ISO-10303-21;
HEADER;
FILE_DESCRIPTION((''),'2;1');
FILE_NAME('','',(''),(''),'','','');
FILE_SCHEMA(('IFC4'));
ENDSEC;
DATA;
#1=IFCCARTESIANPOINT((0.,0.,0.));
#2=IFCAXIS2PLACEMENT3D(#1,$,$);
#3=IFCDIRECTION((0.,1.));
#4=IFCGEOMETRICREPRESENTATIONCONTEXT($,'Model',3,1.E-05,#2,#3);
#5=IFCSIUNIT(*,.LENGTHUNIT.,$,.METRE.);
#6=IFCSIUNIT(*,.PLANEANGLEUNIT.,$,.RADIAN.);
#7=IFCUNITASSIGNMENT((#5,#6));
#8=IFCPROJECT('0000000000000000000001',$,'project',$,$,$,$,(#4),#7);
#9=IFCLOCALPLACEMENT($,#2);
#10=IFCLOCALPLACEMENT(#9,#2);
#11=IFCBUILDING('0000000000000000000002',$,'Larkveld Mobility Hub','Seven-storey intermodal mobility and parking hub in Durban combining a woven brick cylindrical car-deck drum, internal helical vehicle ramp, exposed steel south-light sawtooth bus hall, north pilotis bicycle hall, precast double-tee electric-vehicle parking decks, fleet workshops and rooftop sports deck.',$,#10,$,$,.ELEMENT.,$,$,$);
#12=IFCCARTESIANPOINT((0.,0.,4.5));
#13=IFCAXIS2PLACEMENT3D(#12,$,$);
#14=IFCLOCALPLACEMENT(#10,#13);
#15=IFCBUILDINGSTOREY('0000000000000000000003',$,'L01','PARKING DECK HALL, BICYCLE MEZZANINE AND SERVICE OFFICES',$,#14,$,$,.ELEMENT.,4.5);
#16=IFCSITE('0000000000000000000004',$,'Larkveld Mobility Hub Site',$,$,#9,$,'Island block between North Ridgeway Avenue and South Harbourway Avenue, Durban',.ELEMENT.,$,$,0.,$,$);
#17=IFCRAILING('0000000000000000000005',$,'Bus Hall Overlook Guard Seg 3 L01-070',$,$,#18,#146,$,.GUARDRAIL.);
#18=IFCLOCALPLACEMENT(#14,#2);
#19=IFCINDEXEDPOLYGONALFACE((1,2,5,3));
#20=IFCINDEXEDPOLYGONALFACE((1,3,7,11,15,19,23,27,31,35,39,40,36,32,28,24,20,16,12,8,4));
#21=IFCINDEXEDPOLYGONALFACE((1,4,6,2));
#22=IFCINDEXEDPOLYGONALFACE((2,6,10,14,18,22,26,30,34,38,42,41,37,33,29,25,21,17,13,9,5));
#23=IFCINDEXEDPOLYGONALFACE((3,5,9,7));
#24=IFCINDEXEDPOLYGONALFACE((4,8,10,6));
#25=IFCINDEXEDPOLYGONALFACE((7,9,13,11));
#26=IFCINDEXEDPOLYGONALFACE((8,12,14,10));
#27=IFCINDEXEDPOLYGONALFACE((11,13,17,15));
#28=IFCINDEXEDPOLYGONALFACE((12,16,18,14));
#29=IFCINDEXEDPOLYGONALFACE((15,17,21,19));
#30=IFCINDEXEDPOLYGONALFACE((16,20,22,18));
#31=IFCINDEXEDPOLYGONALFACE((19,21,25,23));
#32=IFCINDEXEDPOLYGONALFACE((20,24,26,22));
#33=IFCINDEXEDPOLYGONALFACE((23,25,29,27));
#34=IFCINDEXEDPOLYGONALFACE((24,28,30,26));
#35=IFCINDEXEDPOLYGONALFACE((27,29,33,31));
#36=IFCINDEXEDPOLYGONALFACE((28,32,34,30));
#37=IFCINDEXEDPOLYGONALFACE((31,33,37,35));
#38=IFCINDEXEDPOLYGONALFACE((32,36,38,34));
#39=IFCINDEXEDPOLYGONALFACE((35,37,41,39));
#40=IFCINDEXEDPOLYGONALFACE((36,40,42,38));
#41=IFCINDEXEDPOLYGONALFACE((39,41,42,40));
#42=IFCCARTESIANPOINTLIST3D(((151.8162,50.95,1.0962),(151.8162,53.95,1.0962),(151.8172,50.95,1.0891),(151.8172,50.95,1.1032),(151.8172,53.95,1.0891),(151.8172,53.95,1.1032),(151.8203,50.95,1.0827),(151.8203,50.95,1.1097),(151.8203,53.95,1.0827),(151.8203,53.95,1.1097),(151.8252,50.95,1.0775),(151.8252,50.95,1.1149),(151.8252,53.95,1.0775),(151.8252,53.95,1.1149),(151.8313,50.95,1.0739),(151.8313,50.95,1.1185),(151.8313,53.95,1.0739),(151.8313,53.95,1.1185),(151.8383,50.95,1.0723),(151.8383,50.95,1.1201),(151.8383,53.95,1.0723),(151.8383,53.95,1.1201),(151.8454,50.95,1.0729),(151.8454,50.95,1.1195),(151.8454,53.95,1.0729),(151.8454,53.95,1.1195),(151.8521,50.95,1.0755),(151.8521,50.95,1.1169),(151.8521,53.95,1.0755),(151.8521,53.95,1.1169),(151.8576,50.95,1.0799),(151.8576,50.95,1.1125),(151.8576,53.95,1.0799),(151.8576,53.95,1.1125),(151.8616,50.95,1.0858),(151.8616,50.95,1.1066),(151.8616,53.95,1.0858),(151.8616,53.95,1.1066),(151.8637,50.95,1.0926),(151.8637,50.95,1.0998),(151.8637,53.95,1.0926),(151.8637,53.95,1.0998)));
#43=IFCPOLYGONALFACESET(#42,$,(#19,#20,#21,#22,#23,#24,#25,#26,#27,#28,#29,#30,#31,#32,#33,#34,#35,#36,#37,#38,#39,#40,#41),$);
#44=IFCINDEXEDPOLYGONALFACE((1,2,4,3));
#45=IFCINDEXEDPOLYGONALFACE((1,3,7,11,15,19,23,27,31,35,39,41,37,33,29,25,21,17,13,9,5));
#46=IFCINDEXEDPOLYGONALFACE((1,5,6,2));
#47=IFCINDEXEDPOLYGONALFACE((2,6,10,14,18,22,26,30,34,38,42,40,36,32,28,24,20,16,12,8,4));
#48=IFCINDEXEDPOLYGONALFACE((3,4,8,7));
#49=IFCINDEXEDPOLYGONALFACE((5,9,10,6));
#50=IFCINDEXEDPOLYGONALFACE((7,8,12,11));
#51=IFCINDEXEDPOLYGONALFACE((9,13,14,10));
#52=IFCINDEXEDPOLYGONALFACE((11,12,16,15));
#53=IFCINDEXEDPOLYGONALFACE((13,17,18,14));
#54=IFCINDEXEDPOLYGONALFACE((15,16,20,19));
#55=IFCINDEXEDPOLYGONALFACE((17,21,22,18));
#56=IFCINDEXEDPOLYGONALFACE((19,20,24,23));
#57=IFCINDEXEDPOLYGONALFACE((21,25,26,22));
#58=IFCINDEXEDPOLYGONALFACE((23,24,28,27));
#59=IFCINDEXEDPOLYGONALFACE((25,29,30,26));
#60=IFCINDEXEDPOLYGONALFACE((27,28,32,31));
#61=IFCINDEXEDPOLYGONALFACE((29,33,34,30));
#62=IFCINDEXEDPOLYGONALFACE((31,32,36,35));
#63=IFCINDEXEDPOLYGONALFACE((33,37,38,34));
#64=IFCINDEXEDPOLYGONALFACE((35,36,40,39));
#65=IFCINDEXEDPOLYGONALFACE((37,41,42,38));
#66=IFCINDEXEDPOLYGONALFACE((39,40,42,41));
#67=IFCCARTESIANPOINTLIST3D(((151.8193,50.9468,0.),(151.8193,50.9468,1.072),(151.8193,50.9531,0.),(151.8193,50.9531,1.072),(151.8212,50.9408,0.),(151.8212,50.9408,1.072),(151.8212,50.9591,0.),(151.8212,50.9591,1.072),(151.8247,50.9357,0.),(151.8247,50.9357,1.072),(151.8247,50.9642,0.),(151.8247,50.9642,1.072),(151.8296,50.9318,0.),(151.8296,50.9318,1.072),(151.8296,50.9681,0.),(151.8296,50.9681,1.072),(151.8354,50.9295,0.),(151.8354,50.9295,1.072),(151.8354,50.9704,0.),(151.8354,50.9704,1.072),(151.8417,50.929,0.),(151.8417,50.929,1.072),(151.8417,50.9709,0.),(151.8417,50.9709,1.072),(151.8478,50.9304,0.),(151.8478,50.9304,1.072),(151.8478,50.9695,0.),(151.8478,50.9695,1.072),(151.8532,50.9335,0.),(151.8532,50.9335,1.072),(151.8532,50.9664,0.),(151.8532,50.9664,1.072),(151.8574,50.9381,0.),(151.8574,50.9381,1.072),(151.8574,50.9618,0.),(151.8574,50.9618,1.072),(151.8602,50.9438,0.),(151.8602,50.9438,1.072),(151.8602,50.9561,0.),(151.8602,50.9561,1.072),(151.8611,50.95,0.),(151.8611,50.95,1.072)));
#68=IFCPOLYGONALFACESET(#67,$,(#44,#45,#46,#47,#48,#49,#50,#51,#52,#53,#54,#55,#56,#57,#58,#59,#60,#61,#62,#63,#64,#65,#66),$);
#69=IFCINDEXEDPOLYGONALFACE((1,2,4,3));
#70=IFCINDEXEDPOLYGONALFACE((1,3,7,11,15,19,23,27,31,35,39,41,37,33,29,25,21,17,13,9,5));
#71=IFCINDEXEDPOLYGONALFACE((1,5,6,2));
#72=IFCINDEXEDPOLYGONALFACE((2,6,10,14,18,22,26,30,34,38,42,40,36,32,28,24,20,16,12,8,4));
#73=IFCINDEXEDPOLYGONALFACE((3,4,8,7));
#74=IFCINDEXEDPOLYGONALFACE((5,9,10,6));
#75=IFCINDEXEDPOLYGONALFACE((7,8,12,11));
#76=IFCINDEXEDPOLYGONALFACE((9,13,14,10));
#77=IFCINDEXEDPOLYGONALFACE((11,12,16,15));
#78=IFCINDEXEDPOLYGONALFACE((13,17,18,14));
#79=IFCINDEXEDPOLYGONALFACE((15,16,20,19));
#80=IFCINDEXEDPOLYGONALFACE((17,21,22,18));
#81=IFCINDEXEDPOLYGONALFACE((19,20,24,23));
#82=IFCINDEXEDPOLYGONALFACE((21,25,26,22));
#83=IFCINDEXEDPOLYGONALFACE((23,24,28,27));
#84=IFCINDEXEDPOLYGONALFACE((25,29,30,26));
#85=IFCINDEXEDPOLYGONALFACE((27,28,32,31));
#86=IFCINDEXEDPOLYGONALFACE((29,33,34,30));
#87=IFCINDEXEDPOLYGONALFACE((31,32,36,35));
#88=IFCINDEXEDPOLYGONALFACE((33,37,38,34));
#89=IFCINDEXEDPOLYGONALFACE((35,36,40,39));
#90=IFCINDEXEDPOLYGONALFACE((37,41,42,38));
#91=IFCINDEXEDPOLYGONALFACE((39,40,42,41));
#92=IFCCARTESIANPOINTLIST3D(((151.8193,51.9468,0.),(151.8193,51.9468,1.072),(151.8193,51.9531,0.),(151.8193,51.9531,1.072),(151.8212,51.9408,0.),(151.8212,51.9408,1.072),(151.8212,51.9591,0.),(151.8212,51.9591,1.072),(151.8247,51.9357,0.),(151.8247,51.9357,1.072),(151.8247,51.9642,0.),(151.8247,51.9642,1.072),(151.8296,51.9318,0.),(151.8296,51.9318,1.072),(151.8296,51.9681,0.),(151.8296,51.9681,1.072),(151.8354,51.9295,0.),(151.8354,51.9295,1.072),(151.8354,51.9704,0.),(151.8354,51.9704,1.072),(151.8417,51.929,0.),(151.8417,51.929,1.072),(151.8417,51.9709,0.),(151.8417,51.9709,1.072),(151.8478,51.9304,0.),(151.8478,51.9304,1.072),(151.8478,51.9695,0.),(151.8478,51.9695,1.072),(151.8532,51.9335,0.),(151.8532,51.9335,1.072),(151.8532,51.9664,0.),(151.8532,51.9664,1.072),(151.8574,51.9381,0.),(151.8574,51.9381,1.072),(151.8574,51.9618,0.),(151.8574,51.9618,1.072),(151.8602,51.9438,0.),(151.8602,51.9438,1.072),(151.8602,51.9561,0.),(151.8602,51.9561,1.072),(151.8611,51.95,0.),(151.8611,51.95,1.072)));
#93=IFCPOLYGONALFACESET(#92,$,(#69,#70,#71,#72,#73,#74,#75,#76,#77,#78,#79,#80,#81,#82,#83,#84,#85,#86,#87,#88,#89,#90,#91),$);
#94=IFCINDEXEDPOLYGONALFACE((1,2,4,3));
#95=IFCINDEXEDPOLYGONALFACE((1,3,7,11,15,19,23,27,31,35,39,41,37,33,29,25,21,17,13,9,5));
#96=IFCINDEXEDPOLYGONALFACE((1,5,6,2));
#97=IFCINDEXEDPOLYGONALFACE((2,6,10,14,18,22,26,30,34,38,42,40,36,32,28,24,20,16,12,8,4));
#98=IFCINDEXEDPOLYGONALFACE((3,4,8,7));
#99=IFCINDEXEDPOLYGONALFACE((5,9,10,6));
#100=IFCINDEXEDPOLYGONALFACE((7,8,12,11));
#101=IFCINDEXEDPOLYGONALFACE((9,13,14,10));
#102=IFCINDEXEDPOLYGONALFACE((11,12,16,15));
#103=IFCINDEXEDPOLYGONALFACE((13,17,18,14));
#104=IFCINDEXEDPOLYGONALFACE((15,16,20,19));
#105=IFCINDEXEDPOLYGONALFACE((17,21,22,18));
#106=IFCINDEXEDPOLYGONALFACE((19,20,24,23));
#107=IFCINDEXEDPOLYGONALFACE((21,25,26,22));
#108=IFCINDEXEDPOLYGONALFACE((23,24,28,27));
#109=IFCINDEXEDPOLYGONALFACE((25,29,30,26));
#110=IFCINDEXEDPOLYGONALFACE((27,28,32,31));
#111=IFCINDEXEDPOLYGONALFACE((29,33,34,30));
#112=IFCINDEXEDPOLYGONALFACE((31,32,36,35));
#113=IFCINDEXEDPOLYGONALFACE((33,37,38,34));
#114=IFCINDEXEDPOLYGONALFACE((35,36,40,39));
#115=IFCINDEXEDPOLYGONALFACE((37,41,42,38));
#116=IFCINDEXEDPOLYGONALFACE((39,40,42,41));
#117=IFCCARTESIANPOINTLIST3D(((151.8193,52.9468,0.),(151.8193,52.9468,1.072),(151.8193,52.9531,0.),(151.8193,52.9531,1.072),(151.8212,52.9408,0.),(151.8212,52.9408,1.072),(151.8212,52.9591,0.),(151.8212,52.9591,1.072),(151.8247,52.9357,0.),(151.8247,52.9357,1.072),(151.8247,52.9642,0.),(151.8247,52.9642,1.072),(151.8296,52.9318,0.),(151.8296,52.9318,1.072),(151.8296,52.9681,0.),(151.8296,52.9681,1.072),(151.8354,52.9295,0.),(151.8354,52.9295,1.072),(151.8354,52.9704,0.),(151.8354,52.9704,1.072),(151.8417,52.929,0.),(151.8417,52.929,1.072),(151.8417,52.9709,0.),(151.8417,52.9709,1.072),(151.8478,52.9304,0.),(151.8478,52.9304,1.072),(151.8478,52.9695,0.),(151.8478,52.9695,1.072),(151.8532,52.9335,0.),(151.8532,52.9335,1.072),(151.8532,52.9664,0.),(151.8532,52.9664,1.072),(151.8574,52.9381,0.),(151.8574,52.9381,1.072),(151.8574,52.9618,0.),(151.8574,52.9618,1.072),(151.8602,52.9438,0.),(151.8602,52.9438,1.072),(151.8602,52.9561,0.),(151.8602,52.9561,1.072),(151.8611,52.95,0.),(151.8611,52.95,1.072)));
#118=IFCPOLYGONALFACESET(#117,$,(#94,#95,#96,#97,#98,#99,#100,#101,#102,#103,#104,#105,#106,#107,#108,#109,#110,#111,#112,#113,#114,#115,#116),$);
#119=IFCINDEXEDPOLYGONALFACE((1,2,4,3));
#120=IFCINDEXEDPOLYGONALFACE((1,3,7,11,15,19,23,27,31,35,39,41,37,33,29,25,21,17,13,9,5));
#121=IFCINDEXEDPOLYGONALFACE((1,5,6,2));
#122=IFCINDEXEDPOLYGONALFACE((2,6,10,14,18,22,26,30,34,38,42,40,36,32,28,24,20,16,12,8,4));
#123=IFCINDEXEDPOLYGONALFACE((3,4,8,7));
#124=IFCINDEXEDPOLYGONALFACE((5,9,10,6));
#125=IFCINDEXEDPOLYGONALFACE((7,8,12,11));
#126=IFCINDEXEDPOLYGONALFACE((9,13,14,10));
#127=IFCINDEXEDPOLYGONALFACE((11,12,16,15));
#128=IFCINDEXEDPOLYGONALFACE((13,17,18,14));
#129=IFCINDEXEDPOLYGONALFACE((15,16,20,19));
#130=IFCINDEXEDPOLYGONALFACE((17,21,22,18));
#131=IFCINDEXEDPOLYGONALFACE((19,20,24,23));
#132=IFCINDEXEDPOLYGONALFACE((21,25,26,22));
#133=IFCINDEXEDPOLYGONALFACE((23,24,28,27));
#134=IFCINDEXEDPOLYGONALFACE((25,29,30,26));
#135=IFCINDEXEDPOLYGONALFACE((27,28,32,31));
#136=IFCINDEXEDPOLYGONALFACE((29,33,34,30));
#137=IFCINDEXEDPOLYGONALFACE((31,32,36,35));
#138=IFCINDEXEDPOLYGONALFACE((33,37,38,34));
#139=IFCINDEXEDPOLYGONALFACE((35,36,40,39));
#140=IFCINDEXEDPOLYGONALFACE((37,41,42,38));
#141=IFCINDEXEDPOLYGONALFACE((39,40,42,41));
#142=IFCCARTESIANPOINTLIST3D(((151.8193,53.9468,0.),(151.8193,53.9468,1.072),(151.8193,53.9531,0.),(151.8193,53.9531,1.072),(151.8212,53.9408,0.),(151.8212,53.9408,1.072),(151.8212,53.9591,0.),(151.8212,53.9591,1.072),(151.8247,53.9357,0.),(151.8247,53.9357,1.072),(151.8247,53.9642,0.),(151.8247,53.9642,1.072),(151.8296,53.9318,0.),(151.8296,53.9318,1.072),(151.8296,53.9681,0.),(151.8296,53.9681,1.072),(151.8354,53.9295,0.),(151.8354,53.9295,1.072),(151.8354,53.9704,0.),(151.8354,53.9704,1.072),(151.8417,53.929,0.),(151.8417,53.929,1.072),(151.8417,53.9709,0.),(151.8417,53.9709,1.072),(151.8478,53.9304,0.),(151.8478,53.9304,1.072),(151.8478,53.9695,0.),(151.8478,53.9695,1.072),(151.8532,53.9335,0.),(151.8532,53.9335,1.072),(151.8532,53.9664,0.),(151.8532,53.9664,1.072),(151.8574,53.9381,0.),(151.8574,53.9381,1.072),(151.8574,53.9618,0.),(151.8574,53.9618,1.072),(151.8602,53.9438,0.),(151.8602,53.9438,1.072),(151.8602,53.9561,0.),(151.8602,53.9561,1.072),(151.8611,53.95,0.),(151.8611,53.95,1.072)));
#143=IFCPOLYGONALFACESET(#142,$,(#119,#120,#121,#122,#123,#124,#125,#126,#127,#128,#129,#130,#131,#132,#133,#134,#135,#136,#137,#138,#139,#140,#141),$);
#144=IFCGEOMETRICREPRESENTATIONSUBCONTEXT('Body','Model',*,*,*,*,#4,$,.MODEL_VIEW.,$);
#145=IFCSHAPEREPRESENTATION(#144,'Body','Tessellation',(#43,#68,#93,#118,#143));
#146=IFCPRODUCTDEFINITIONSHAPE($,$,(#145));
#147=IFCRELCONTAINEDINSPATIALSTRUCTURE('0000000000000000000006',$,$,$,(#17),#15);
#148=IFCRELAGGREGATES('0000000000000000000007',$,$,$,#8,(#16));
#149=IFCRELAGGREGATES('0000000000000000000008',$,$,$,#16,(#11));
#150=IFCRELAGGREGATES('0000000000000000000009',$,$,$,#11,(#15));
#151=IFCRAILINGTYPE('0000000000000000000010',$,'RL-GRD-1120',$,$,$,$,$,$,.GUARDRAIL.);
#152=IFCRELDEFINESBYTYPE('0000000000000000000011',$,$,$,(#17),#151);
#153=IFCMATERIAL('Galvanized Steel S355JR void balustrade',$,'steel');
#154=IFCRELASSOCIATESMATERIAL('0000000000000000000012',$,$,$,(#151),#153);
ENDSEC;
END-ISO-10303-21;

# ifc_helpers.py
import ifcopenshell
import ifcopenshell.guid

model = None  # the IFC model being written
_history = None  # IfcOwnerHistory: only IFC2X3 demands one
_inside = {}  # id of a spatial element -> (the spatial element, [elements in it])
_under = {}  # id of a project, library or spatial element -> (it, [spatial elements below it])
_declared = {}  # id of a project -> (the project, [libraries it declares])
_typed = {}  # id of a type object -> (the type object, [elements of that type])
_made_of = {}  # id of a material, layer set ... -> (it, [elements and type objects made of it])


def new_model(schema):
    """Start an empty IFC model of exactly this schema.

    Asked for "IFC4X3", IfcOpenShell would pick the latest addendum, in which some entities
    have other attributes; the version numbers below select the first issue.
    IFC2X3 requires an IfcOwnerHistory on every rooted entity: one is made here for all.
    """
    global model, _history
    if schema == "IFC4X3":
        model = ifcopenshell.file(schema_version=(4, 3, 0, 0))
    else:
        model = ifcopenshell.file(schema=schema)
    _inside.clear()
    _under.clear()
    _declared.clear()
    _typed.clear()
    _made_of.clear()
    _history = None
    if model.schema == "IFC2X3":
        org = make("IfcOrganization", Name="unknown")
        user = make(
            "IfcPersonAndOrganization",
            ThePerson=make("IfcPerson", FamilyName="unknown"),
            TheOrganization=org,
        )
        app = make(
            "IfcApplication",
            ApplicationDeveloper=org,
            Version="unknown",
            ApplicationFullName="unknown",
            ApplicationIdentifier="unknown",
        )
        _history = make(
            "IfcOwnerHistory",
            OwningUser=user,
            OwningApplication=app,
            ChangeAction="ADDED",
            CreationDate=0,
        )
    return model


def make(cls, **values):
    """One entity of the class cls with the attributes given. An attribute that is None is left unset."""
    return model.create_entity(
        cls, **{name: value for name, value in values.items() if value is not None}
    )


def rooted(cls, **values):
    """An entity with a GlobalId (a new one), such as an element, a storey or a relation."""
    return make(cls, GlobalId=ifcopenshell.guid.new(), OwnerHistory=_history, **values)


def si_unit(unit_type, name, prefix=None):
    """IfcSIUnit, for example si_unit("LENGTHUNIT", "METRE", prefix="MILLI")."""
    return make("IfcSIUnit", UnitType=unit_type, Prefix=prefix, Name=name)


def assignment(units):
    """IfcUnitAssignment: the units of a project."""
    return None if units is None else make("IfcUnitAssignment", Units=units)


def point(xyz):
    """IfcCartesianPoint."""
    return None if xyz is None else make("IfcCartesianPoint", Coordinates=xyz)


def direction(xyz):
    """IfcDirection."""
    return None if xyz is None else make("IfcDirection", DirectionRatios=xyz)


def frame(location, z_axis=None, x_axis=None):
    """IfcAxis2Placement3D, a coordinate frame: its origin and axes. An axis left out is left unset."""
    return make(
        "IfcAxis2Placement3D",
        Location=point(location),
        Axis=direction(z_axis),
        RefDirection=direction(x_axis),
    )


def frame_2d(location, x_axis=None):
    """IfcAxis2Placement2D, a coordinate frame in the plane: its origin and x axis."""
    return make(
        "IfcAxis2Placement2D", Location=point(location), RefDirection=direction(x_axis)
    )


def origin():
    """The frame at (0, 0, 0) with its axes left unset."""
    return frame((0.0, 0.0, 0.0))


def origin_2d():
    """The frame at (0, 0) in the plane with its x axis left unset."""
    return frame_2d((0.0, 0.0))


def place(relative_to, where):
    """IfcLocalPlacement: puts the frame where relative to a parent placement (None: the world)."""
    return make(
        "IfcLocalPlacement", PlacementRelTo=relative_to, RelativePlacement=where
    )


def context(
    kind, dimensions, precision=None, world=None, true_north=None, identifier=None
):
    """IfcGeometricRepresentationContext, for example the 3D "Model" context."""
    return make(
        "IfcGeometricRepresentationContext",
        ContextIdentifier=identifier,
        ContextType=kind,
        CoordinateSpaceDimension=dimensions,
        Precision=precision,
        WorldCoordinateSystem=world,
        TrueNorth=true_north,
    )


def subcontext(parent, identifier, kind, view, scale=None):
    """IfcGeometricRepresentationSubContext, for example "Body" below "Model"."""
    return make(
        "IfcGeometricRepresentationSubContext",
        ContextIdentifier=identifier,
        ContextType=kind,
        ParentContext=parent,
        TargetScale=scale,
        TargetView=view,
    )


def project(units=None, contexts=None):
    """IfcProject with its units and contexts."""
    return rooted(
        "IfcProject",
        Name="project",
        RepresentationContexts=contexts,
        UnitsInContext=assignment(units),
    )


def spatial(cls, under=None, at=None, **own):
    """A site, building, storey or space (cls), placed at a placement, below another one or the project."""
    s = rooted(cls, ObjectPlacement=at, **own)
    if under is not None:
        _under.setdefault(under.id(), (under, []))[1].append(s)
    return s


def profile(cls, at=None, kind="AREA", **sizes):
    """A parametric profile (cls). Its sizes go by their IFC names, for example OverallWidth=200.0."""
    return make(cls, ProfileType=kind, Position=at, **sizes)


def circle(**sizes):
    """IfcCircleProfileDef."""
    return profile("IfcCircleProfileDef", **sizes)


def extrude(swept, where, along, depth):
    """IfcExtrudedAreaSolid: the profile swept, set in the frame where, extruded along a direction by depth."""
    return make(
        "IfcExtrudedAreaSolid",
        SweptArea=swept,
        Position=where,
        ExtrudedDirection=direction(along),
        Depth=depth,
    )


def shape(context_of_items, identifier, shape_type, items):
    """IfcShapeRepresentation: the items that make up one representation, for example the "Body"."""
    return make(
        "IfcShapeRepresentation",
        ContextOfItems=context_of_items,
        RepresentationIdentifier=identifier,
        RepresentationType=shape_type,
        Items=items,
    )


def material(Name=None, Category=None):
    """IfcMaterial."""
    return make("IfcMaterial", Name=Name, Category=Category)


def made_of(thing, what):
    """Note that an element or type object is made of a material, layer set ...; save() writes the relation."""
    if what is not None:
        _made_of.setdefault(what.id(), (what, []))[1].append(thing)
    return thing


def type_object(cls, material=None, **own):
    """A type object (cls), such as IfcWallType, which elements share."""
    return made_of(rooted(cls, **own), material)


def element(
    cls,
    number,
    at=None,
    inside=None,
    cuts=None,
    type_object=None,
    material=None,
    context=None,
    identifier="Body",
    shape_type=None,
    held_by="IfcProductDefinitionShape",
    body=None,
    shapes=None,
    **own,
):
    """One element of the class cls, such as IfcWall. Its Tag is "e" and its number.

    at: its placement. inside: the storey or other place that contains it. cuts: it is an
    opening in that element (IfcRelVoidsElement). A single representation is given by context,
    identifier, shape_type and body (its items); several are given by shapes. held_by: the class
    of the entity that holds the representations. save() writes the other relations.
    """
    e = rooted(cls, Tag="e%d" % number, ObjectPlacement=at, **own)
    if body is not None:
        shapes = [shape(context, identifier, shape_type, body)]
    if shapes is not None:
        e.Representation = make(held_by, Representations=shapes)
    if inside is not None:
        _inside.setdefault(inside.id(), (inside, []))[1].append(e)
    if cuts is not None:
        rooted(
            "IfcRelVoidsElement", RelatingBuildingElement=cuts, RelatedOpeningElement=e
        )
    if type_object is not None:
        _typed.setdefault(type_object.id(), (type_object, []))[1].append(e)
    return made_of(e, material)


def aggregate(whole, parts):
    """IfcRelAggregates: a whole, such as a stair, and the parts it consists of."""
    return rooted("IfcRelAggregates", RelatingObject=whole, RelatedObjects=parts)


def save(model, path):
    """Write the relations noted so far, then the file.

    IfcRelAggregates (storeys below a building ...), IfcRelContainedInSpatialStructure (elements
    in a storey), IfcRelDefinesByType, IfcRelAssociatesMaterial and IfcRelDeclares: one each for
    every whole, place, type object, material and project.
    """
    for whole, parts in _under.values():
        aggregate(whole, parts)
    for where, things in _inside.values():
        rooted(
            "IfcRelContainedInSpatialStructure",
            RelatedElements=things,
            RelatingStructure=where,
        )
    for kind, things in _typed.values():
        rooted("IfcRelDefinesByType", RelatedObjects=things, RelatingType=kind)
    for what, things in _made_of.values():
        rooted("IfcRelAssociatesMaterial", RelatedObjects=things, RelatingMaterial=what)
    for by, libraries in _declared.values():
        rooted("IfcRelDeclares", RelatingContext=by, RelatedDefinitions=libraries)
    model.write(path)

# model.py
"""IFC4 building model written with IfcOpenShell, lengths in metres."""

from ifc_helpers import new_model, si_unit, direction, frame, origin, origin_2d, place, context, subcontext, project, spatial, circle, extrude, material, type_object, element, save


model = new_model("IFC4")

# Units and contexts
model_context = context("Model", 3, precision=1e-05, world=origin(), true_north=direction((0.0, 1.0)))
body_context = subcontext(model_context, "Body", "Model", "MODEL_VIEW")
ifc_project = project(units=[si_unit("LENGTHUNIT", "METRE"), si_unit("PLANEANGLEUNIT", "RADIAN")], contexts=[model_context])

# Site, building, storey
site_placement = place(None, origin())
site = spatial("IfcSite", under=ifc_project, at=site_placement, Name="Larkveld Mobility Hub Site", LongName="Island block between North Ridgeway Avenue and South Harbourway Avenue, Durban", CompositionType="ELEMENT", RefElevation=0.0)
building_placement = place(site_placement, origin())
building = spatial("IfcBuilding", under=site, at=building_placement, Name="Larkveld Mobility Hub", Description="Seven-storey intermodal mobility and parking hub in Durban combining a woven brick cylindrical car-deck drum, internal helical vehicle ramp, exposed steel south-light sawtooth bus hall, north pilotis bicycle hall, precast double-tee electric-vehicle parking decks, fleet workshops and rooftop sports deck.", CompositionType="ELEMENT")
storey_placement = place(building_placement, frame((0.0, 0.0, 4.5)))
storey = spatial("IfcBuildingStorey", under=building, at=storey_placement, Name="L01", Description="PARKING DECK HALL, BICYCLE MEZZANINE AND SERVICE OFFICES", CompositionType="ELEMENT", Elevation=4.5)

# Railing
ifc_material_1 = material(Name="Galvanized Steel S355JR void balustrade", Category="steel")
railing_type_1 = type_object("IfcRailingType", Name="RL-GRD-1120", PredefinedType="GUARDRAIL", material=ifc_material_1)
railing_1_placement = place(storey_placement, frame((151.8401, 50.95, 0.0)))
element("IfcRailing", 1, at=railing_1_placement, inside=storey, type_object=railing_type_1, Name="Bus Hall Overlook Guard Seg 3 L01-070", PredefinedType="GUARDRAIL", context=body_context, shape_type="SweptSolid", body=[
    extrude(circle(Radius=0.0239, at=origin_2d()), frame((0.0, 0.0, 1.0962), z_axis=(0.0, 1.0, 0.0), x_axis=(-1.0, 0.0, 0.0)), (0.0, 0.0, 1.0), 3.0),
    extrude(circle(Radius=0.021, at=origin_2d()), origin(), (0.0, 0.0, 1.0), 1.072),
    extrude(circle(Radius=0.021, at=origin_2d()), frame((0.0, 1.0, 0.0)), (0.0, 0.0, 1.0), 1.072),
    extrude(circle(Radius=0.021, at=origin_2d()), frame((0.0, 2.0, 0.0)), (0.0, 0.0, 1.0), 1.072),
    extrude(circle(Radius=0.021, at=origin_2d()), frame((0.0, 3.0, 0.0)), (0.0, 0.0, 1.0), 1.072),
])

save(model, "model.ifc")
